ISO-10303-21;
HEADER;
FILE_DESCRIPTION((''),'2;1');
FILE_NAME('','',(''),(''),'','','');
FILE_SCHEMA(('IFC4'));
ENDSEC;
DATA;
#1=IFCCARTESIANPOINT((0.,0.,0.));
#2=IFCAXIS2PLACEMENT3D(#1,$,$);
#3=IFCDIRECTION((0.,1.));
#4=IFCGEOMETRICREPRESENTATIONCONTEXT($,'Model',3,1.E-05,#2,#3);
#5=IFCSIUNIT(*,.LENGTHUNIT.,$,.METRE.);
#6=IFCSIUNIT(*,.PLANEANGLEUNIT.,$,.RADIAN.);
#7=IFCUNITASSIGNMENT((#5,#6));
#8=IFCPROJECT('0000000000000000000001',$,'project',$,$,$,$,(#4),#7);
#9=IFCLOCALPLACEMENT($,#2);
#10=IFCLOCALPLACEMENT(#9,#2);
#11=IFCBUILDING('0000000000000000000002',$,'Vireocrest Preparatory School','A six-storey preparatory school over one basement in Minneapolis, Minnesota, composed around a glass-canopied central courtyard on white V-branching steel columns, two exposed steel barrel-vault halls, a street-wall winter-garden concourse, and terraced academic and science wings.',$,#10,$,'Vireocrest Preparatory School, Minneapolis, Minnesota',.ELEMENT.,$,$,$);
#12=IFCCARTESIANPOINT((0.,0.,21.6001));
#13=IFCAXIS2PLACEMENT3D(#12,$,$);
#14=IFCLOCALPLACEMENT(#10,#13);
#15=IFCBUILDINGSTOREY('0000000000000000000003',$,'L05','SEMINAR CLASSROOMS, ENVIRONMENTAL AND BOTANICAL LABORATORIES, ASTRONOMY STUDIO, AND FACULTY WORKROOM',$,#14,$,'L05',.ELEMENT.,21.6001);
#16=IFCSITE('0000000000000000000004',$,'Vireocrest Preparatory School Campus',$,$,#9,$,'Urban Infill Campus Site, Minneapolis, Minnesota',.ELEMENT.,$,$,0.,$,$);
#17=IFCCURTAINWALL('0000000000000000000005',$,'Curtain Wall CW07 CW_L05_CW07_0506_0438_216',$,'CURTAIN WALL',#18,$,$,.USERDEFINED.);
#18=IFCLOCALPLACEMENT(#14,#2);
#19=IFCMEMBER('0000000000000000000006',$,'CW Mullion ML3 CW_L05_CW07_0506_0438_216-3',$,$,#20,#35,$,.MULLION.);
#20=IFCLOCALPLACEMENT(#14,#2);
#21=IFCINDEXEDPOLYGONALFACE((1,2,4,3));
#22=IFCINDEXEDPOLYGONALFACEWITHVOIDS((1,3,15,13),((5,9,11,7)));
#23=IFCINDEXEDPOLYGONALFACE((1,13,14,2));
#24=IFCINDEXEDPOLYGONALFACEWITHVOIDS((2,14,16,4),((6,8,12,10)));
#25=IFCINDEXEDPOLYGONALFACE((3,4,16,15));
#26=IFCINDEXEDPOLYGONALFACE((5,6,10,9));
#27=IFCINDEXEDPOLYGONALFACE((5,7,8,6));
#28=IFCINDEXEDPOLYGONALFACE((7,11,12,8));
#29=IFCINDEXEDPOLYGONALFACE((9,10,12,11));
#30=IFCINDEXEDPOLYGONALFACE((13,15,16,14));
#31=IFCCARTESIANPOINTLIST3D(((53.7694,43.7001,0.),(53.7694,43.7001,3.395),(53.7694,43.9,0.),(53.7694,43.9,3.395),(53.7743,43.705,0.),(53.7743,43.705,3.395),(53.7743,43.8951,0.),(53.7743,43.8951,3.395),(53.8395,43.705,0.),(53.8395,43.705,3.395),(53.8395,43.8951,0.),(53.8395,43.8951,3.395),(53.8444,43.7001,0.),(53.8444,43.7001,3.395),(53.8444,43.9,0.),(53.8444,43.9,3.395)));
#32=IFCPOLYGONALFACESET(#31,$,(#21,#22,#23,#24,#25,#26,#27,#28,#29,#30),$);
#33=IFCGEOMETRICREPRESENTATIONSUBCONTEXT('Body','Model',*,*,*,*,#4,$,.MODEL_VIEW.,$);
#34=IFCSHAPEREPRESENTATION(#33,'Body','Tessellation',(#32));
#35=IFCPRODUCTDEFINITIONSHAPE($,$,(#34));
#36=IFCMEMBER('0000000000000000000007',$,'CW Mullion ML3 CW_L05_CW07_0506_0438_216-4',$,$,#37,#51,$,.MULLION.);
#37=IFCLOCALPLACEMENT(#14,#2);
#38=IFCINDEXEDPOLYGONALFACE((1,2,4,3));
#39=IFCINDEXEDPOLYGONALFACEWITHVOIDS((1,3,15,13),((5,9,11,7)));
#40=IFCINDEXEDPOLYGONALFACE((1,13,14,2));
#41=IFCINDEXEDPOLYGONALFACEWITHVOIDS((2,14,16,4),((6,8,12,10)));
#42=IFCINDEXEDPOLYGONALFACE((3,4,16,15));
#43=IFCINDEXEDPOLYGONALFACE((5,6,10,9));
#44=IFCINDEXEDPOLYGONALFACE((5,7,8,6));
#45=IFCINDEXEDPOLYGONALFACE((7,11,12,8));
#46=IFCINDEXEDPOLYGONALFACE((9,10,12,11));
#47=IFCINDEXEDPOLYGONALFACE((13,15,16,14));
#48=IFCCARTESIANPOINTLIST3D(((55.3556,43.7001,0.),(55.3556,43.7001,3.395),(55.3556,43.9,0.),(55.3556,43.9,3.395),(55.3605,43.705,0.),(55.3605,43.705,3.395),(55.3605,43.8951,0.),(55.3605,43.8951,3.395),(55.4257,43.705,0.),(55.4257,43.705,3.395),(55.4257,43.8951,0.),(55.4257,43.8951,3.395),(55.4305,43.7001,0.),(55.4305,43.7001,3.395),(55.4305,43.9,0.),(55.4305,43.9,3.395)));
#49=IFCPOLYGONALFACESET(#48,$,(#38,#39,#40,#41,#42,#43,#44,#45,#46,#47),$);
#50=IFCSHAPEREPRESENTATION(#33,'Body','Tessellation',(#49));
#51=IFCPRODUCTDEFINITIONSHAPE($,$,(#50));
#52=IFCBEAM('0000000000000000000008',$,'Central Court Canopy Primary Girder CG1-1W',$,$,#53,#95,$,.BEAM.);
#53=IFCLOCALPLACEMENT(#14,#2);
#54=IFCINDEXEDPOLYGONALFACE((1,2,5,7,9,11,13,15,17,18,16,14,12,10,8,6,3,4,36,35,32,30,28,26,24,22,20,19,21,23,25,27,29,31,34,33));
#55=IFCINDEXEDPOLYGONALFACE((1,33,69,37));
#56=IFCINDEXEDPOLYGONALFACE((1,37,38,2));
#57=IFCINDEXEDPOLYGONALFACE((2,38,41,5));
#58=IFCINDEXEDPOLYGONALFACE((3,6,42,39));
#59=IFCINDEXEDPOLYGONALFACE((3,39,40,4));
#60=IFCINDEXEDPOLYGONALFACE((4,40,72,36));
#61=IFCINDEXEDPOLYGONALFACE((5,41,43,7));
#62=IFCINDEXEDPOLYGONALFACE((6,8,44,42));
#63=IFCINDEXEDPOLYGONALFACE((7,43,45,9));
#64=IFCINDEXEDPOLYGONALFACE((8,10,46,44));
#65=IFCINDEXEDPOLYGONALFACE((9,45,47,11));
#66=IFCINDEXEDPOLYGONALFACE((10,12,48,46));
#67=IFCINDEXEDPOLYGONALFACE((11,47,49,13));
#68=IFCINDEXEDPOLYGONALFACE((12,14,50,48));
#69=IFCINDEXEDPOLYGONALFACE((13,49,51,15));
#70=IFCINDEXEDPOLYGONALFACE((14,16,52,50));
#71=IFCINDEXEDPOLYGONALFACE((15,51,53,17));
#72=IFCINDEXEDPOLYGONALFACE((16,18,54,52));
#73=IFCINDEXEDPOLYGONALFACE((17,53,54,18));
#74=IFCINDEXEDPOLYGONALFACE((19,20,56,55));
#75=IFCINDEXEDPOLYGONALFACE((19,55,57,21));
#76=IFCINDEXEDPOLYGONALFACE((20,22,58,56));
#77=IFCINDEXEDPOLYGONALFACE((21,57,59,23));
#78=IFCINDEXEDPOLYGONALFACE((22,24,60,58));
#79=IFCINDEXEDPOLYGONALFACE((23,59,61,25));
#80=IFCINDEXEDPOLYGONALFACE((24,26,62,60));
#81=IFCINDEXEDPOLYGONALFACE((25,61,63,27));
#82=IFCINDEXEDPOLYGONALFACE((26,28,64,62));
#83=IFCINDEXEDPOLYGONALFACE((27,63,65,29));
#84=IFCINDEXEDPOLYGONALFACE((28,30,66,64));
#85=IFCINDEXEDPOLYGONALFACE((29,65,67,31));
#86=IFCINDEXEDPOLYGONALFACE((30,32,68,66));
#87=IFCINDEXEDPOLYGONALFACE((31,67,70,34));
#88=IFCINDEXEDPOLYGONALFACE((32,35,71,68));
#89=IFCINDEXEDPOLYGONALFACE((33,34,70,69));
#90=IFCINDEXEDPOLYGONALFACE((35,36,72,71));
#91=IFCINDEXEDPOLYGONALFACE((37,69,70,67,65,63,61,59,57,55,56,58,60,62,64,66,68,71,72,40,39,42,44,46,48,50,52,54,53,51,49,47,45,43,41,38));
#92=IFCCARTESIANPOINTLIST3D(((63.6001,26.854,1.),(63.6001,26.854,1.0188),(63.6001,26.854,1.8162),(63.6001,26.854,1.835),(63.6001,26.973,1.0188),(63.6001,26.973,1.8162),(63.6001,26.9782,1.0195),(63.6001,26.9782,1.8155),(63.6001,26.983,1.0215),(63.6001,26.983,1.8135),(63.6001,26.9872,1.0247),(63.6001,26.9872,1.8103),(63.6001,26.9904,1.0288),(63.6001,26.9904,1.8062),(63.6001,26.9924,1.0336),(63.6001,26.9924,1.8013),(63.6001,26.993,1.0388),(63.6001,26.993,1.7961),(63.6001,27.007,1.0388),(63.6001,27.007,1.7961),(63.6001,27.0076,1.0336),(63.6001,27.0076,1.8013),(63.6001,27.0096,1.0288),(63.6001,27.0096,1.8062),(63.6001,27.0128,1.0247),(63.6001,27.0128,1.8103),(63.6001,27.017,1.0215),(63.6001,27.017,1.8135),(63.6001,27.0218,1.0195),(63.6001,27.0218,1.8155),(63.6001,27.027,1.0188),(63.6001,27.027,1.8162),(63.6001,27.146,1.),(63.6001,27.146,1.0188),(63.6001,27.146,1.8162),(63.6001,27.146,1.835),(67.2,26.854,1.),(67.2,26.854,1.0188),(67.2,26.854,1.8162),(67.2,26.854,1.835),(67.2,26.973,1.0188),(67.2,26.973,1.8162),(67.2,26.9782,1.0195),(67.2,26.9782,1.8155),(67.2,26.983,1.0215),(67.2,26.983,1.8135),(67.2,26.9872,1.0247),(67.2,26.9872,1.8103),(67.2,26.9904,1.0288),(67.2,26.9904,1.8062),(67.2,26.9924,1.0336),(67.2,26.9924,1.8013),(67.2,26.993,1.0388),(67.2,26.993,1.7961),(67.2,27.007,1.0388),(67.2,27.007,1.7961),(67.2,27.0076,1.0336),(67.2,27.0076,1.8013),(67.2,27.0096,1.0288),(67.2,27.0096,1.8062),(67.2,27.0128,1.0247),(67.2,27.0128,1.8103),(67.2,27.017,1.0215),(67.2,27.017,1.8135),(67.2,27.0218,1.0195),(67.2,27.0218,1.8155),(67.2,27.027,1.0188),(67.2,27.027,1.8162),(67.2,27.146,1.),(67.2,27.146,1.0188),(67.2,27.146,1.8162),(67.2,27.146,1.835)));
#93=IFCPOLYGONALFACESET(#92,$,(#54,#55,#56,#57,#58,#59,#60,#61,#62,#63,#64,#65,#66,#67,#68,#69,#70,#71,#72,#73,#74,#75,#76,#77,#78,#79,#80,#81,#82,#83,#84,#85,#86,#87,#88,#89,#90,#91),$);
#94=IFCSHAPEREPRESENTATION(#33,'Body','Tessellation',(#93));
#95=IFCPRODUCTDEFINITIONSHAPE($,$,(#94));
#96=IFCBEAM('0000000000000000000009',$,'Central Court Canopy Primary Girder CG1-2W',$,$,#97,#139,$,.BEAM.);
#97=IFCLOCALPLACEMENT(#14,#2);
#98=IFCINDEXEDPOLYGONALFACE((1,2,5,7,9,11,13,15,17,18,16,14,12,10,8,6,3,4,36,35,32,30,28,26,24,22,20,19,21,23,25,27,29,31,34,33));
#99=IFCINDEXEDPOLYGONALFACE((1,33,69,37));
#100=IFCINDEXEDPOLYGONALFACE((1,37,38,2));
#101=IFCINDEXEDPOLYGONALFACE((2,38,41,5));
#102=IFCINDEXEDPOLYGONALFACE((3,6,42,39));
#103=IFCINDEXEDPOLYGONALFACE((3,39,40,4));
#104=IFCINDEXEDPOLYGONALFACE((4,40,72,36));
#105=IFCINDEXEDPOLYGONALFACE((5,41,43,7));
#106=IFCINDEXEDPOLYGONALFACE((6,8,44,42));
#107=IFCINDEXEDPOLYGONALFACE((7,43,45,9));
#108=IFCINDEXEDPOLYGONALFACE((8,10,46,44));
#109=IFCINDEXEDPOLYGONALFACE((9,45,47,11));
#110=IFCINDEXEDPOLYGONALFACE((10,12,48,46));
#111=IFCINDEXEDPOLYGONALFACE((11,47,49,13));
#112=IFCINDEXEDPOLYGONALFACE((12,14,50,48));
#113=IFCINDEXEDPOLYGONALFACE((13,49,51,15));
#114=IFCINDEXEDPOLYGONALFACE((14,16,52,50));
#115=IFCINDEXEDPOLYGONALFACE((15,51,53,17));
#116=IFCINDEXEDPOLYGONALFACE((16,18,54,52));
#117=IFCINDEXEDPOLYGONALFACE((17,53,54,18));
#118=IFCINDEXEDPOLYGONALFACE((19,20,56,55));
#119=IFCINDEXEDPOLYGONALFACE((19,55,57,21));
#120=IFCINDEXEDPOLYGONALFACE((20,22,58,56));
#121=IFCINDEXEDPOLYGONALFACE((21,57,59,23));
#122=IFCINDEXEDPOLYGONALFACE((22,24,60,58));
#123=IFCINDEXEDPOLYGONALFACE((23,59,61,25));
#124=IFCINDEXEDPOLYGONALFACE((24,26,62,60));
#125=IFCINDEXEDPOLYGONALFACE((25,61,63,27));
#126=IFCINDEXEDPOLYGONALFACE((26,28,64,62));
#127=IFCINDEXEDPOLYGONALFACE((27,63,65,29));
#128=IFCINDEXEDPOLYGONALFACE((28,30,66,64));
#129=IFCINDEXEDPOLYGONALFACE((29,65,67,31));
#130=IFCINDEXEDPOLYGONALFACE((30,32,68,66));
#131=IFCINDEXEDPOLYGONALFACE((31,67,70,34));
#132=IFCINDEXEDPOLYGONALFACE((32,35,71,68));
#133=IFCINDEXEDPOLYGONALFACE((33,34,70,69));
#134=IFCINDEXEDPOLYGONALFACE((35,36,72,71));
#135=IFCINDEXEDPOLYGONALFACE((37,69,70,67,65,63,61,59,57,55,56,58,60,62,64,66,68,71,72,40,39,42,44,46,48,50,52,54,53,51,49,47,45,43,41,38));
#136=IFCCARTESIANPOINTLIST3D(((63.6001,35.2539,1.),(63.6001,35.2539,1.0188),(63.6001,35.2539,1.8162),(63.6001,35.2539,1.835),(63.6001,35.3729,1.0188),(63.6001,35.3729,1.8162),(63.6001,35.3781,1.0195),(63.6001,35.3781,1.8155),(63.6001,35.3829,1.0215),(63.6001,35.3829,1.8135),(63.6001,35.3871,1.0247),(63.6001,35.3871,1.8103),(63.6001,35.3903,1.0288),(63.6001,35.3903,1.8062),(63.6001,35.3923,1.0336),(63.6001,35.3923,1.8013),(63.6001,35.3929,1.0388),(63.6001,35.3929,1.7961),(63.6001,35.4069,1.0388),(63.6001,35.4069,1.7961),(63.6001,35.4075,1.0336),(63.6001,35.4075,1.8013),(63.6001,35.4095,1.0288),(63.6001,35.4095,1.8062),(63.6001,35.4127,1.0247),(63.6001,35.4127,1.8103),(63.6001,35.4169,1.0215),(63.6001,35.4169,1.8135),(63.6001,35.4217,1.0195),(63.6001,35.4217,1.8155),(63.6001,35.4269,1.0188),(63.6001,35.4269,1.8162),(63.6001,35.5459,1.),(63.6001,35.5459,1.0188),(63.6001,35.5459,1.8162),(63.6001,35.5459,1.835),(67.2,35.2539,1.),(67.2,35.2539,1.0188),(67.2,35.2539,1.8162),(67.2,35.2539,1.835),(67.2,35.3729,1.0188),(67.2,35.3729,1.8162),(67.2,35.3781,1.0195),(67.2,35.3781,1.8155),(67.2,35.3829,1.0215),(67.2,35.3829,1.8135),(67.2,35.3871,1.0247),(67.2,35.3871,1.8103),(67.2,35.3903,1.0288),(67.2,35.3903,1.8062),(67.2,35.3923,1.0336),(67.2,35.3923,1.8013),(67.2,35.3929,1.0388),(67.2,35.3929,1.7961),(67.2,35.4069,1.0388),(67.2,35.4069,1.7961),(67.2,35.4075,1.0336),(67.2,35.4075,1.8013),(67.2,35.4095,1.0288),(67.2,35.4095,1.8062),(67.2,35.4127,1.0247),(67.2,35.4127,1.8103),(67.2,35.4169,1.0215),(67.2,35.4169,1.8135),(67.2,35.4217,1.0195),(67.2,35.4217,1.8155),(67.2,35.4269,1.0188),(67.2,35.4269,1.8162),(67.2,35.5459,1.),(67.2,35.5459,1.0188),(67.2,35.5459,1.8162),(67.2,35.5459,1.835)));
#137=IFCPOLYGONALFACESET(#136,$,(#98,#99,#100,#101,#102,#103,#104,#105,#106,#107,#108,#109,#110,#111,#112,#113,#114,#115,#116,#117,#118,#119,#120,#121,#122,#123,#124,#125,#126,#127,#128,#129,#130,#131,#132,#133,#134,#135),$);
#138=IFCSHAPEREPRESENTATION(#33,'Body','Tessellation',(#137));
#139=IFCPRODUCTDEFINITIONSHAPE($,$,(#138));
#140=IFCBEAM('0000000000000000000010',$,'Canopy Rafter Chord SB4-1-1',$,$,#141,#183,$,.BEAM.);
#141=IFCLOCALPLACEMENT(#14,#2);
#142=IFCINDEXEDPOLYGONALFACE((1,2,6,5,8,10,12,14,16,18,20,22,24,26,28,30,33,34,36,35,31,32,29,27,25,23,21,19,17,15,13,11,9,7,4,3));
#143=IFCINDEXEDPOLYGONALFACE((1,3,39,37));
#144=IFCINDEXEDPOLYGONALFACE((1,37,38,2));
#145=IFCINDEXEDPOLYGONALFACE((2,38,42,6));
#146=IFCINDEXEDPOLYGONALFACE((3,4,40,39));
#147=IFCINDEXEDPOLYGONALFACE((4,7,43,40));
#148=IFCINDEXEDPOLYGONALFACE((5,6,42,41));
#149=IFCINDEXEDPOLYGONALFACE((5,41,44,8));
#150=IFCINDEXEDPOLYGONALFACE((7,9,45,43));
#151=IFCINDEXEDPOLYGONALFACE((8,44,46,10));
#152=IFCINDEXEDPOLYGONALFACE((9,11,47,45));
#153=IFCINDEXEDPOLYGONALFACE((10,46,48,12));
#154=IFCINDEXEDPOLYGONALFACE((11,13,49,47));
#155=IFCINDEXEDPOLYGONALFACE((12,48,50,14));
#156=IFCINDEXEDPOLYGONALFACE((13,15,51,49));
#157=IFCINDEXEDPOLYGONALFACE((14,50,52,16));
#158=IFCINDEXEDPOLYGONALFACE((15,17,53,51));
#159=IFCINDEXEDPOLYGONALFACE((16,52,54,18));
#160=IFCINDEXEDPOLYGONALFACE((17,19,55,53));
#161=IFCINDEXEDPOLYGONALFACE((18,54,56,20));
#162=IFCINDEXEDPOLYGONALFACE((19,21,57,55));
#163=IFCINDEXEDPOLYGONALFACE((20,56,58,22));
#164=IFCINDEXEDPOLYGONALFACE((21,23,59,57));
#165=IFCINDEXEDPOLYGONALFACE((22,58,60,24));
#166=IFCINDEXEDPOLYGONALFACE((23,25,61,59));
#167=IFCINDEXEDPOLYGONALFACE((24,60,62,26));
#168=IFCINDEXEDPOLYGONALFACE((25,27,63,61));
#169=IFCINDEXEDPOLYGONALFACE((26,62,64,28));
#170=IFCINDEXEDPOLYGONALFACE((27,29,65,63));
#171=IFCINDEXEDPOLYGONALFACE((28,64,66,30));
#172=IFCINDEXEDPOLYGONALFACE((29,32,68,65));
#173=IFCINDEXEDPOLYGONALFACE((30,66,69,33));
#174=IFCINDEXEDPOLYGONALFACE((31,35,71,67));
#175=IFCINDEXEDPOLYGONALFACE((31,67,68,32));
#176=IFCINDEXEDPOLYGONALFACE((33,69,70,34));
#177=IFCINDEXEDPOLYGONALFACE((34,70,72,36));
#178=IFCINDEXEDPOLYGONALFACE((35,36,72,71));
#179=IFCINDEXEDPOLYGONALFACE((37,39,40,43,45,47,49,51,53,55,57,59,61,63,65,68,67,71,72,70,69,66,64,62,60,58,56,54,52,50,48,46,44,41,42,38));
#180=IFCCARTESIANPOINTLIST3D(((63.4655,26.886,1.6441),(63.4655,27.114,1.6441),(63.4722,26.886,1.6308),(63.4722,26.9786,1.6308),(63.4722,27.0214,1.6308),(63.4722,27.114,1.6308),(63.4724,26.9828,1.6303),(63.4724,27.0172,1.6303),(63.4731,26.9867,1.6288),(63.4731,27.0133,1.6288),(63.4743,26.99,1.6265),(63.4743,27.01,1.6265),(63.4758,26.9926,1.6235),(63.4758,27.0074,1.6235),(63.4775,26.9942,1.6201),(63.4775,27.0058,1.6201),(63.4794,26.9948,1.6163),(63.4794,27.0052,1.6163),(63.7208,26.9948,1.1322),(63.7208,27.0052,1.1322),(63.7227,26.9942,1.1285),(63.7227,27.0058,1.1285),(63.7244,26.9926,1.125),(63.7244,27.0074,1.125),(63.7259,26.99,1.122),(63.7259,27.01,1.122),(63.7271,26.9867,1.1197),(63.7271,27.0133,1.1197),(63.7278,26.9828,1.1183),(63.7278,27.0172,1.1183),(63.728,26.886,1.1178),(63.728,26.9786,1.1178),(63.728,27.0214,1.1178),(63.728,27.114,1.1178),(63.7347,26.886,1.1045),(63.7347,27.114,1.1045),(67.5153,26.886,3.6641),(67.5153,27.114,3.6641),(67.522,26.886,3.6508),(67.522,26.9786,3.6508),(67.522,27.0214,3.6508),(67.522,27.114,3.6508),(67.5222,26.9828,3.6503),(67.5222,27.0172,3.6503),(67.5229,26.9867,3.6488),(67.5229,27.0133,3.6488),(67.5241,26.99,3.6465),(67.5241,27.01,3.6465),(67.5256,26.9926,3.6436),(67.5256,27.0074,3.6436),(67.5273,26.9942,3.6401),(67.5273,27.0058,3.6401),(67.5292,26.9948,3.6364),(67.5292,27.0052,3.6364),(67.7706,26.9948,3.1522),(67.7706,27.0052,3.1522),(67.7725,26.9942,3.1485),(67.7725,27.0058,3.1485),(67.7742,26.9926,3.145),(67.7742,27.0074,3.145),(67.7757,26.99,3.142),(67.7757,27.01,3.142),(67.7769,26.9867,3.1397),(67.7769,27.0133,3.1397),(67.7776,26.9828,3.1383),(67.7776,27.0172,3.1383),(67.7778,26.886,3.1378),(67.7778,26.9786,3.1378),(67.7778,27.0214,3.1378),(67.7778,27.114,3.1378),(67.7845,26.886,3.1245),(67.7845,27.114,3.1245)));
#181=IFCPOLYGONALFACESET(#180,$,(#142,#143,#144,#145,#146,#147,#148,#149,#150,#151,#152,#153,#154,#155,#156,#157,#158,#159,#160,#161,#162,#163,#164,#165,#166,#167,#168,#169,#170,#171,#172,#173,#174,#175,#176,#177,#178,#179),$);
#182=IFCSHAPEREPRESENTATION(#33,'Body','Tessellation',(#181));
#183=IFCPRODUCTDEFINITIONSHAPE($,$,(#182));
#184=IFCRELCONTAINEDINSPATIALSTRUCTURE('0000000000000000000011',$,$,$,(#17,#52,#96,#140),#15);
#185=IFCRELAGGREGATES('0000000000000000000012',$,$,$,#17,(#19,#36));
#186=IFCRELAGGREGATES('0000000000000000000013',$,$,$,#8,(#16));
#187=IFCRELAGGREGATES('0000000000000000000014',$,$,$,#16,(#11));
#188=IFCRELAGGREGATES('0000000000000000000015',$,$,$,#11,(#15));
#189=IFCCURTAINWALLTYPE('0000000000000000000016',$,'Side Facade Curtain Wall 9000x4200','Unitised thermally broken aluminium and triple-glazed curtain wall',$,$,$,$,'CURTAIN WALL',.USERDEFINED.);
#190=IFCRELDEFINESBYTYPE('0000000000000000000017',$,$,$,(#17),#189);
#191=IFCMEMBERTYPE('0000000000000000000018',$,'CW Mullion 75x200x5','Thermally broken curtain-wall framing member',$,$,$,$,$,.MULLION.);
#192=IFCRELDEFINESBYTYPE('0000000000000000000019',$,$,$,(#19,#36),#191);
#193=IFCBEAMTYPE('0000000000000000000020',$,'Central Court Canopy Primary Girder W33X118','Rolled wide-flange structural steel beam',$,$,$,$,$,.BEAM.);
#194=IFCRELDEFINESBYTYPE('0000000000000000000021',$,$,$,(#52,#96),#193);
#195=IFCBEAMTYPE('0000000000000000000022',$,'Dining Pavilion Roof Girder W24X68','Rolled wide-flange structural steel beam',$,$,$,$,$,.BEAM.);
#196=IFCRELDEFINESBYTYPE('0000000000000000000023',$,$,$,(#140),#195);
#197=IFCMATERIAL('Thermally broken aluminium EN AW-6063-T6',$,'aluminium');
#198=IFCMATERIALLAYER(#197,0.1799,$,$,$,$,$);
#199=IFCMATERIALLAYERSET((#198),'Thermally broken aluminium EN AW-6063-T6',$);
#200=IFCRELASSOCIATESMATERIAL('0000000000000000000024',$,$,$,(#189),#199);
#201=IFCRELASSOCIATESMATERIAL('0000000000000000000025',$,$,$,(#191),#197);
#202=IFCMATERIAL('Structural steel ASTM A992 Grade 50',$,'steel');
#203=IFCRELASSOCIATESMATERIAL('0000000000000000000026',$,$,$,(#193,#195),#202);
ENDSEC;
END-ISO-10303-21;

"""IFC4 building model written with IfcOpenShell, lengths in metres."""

from ifc_helpers import new_model, si_unit, direction, frame, origin, origin_2d, place, context, subcontext, project, spatial, hollow_rectangle, i_section, extrude, material, layer, layer_set, material_profile, profile_set, type_object, element, aggregate, save


model = new_model("IFC4")

# Units and contexts
model_context = context("Model", 3, precision=1e-05, world=origin(), true_north=direction((0.0, 1.0)))
body_context = subcontext(model_context, "Body", "Model", "MODEL_VIEW")
ifc_project = project(units=[si_unit("LENGTHUNIT", "METRE"), si_unit("PLANEANGLEUNIT", "RADIAN")], contexts=[model_context])

# Site, building, storey
site_placement = place(None, origin())
site = spatial("IfcSite", under=ifc_project, at=site_placement, Name="Vireocrest Preparatory School Campus", LongName="Urban Infill Campus Site, Minneapolis, Minnesota", CompositionType="ELEMENT", RefElevation=0.0)
building_placement = place(site_placement, origin())
building = spatial("IfcBuilding", under=site, at=building_placement, Name="Vireocrest Preparatory School", Description="A six-storey preparatory school over one basement in Minneapolis, Minnesota, composed around a glass-canopied central courtyard on white V-branching steel columns, two exposed steel barrel-vault halls, a street-wall winter-garden concourse, and terraced academic and science wings.", LongName="Vireocrest Preparatory School, Minneapolis, Minnesota", CompositionType="ELEMENT")
storey_placement = place(building_placement, frame((0.0, 0.0, 21.6001)))
storey = spatial("IfcBuildingStorey", under=building, at=storey_placement, Name="L05", Description="SEMINAR CLASSROOMS, ENVIRONMENTAL AND BOTANICAL LABORATORIES, ASTRONOMY STUDIO, AND FACULTY WORKROOM", LongName="L05", CompositionType="ELEMENT", Elevation=21.6001)

# Curtain wall, members
ifc_material_1 = material(Name="Thermally broken aluminium EN AW-6063-T6", Category="aluminium")
ifc_layer_1 = layer(ifc_material_1, 0.1799)
ifc_layer_set_1 = layer_set([ifc_layer_1], Name="Thermally broken aluminium EN AW-6063-T6")
curtain_wall_type = type_object("IfcCurtainWallType", Name="Side Facade Curtain Wall 9000x4200", Description="Unitised thermally broken aluminium and triple-glazed curtain wall", ElementType="CURTAIN WALL", PredefinedType="USERDEFINED", material=ifc_layer_set_1)
curtain_wall_placement = place(storey_placement, origin())
curtain_wall = element("IfcCurtainWall", 1, at=curtain_wall_placement, inside=storey, type_object=curtain_wall_type, Name="Curtain Wall CW07 CW_L05_CW07_0506_0438_216", ObjectType="CURTAIN WALL", PredefinedType="USERDEFINED")
ifc_material_profile_1 = material_profile(ifc_material_1, hollow_rectangle(XDim=0.075, YDim=0.2, WallThickness=0.0049, at=origin_2d()), Name="ALU 75x200x5")
ifc_profile_set_1 = profile_set([ifc_material_profile_1], Name="Thermally broken aluminium EN AW-6063-T6")
member_type_1 = type_object("IfcMemberType", Name="CW Mullion 75x200x5", Description="Thermally broken curtain-wall framing member", PredefinedType="MULLION", material=ifc_profile_set_1)
member_1_placement = place(storey_placement, frame((53.8069, 43.8, 0.0), z_axis=(0.0, 0.0, 1.0), x_axis=(1.0, 0.0, 0.0)))
member_1 = element("IfcMember", 2, at=member_1_placement, type_object=member_type_1, Name="CW Mullion ML3 CW_L05_CW07_0506_0438_216-3", PredefinedType="MULLION", context=body_context, shape_type="SweptSolid", body=[
    extrude(hollow_rectangle(XDim=0.075, YDim=0.2, WallThickness=0.0049, at=origin_2d()), origin(), (0.0, 0.0, 1.0), 3.395),
])
member_2_placement = place(storey_placement, frame((55.3931, 43.8, 0.0), z_axis=(0.0, 0.0, 1.0), x_axis=(1.0, 0.0, 0.0)))
member_2 = element("IfcMember", 3, at=member_2_placement, type_object=member_type_1, Name="CW Mullion ML3 CW_L05_CW07_0506_0438_216-4", PredefinedType="MULLION", context=body_context, shape_type="SweptSolid", body=[
    extrude(hollow_rectangle(XDim=0.075, YDim=0.2, WallThickness=0.0049, at=origin_2d()), origin(), (0.0, 0.0, 1.0), 3.395),
])

# Beams
ifc_material_2 = material(Name="Structural steel ASTM A992 Grade 50", Category="steel")
ifc_material_profile_2 = material_profile(ifc_material_2, i_section(OverallWidth=0.292, OverallDepth=0.835, WebThickness=0.0139, FlangeThickness=0.0188, FilletRadius=0.02, at=origin_2d()), Name="W33X118")
ifc_profile_set_2 = profile_set([ifc_material_profile_2], Name="Structural steel ASTM A992 Grade 50")
beam_type_1 = type_object("IfcBeamType", Name="Central Court Canopy Primary Girder W33X118", Description="Rolled wide-flange structural steel beam", PredefinedType="BEAM", material=ifc_profile_set_2)
for number, where, z_axis, x_axis, name in (
    (4, (63.6001, 27.0, 1.4175), (1.0, 0.0, 0.0), (0.0, 1.0, 0.0), "Central Court Canopy Primary Girder CG1-1W"),
    (5, (63.6001, 35.3999, 1.4175), (1.0, 0.0, 0.0), (0.0, 1.0, 0.0), "Central Court Canopy Primary Girder CG1-2W"),
):
    element("IfcBeam", number, at=place(storey_placement, frame(where, z_axis=z_axis, x_axis=x_axis)), inside=storey, type_object=beam_type_1, Name=name, PredefinedType="BEAM", context=body_context, shape_type="SweptSolid", body=[
        extrude(i_section(OverallWidth=0.292, OverallDepth=0.835, WebThickness=0.0139, FlangeThickness=0.0188, FilletRadius=0.02, at=origin_2d()), origin(), (0.0, 0.0, 1.0), 3.5999),
    ])
ifc_material_profile_3 = material_profile(ifc_material_2, i_section(OverallWidth=0.228, OverallDepth=0.603, WebThickness=0.0105, FlangeThickness=0.0149, FilletRadius=0.0161, at=origin_2d()), Name="W24X68")
ifc_profile_set_3 = profile_set([ifc_material_profile_3], Name="Structural steel ASTM A992 Grade 50")
beam_type_2 = type_object("IfcBeamType", Name="Dining Pavilion Roof Girder W24X68", Description="Rolled wide-flange structural steel beam", PredefinedType="BEAM", material=ifc_profile_set_3)
for number, where, z_axis, x_axis, name in (
    (6, (63.6001, 27.0, 1.3743), (0.894858, 0.0, 0.44635), (0.0, 1.0, 0.0), "Canopy Rafter Chord SB4-1-1"),
):
    element("IfcBeam", number, at=place(storey_placement, frame(where, z_axis=z_axis, x_axis=x_axis)), inside=storey, type_object=beam_type_2, Name=name, PredefinedType="BEAM", context=body_context, shape_type="SweptSolid", body=[
        extrude(i_section(OverallWidth=0.228, OverallDepth=0.603, WebThickness=0.0105, FlangeThickness=0.0149, FilletRadius=0.0161, at=origin_2d()), origin(), (0.0, 0.0, 1.0), 4.5256),
    ])

aggregate(curtain_wall, [member_1, member_2])

save(model, "model.ifc")
